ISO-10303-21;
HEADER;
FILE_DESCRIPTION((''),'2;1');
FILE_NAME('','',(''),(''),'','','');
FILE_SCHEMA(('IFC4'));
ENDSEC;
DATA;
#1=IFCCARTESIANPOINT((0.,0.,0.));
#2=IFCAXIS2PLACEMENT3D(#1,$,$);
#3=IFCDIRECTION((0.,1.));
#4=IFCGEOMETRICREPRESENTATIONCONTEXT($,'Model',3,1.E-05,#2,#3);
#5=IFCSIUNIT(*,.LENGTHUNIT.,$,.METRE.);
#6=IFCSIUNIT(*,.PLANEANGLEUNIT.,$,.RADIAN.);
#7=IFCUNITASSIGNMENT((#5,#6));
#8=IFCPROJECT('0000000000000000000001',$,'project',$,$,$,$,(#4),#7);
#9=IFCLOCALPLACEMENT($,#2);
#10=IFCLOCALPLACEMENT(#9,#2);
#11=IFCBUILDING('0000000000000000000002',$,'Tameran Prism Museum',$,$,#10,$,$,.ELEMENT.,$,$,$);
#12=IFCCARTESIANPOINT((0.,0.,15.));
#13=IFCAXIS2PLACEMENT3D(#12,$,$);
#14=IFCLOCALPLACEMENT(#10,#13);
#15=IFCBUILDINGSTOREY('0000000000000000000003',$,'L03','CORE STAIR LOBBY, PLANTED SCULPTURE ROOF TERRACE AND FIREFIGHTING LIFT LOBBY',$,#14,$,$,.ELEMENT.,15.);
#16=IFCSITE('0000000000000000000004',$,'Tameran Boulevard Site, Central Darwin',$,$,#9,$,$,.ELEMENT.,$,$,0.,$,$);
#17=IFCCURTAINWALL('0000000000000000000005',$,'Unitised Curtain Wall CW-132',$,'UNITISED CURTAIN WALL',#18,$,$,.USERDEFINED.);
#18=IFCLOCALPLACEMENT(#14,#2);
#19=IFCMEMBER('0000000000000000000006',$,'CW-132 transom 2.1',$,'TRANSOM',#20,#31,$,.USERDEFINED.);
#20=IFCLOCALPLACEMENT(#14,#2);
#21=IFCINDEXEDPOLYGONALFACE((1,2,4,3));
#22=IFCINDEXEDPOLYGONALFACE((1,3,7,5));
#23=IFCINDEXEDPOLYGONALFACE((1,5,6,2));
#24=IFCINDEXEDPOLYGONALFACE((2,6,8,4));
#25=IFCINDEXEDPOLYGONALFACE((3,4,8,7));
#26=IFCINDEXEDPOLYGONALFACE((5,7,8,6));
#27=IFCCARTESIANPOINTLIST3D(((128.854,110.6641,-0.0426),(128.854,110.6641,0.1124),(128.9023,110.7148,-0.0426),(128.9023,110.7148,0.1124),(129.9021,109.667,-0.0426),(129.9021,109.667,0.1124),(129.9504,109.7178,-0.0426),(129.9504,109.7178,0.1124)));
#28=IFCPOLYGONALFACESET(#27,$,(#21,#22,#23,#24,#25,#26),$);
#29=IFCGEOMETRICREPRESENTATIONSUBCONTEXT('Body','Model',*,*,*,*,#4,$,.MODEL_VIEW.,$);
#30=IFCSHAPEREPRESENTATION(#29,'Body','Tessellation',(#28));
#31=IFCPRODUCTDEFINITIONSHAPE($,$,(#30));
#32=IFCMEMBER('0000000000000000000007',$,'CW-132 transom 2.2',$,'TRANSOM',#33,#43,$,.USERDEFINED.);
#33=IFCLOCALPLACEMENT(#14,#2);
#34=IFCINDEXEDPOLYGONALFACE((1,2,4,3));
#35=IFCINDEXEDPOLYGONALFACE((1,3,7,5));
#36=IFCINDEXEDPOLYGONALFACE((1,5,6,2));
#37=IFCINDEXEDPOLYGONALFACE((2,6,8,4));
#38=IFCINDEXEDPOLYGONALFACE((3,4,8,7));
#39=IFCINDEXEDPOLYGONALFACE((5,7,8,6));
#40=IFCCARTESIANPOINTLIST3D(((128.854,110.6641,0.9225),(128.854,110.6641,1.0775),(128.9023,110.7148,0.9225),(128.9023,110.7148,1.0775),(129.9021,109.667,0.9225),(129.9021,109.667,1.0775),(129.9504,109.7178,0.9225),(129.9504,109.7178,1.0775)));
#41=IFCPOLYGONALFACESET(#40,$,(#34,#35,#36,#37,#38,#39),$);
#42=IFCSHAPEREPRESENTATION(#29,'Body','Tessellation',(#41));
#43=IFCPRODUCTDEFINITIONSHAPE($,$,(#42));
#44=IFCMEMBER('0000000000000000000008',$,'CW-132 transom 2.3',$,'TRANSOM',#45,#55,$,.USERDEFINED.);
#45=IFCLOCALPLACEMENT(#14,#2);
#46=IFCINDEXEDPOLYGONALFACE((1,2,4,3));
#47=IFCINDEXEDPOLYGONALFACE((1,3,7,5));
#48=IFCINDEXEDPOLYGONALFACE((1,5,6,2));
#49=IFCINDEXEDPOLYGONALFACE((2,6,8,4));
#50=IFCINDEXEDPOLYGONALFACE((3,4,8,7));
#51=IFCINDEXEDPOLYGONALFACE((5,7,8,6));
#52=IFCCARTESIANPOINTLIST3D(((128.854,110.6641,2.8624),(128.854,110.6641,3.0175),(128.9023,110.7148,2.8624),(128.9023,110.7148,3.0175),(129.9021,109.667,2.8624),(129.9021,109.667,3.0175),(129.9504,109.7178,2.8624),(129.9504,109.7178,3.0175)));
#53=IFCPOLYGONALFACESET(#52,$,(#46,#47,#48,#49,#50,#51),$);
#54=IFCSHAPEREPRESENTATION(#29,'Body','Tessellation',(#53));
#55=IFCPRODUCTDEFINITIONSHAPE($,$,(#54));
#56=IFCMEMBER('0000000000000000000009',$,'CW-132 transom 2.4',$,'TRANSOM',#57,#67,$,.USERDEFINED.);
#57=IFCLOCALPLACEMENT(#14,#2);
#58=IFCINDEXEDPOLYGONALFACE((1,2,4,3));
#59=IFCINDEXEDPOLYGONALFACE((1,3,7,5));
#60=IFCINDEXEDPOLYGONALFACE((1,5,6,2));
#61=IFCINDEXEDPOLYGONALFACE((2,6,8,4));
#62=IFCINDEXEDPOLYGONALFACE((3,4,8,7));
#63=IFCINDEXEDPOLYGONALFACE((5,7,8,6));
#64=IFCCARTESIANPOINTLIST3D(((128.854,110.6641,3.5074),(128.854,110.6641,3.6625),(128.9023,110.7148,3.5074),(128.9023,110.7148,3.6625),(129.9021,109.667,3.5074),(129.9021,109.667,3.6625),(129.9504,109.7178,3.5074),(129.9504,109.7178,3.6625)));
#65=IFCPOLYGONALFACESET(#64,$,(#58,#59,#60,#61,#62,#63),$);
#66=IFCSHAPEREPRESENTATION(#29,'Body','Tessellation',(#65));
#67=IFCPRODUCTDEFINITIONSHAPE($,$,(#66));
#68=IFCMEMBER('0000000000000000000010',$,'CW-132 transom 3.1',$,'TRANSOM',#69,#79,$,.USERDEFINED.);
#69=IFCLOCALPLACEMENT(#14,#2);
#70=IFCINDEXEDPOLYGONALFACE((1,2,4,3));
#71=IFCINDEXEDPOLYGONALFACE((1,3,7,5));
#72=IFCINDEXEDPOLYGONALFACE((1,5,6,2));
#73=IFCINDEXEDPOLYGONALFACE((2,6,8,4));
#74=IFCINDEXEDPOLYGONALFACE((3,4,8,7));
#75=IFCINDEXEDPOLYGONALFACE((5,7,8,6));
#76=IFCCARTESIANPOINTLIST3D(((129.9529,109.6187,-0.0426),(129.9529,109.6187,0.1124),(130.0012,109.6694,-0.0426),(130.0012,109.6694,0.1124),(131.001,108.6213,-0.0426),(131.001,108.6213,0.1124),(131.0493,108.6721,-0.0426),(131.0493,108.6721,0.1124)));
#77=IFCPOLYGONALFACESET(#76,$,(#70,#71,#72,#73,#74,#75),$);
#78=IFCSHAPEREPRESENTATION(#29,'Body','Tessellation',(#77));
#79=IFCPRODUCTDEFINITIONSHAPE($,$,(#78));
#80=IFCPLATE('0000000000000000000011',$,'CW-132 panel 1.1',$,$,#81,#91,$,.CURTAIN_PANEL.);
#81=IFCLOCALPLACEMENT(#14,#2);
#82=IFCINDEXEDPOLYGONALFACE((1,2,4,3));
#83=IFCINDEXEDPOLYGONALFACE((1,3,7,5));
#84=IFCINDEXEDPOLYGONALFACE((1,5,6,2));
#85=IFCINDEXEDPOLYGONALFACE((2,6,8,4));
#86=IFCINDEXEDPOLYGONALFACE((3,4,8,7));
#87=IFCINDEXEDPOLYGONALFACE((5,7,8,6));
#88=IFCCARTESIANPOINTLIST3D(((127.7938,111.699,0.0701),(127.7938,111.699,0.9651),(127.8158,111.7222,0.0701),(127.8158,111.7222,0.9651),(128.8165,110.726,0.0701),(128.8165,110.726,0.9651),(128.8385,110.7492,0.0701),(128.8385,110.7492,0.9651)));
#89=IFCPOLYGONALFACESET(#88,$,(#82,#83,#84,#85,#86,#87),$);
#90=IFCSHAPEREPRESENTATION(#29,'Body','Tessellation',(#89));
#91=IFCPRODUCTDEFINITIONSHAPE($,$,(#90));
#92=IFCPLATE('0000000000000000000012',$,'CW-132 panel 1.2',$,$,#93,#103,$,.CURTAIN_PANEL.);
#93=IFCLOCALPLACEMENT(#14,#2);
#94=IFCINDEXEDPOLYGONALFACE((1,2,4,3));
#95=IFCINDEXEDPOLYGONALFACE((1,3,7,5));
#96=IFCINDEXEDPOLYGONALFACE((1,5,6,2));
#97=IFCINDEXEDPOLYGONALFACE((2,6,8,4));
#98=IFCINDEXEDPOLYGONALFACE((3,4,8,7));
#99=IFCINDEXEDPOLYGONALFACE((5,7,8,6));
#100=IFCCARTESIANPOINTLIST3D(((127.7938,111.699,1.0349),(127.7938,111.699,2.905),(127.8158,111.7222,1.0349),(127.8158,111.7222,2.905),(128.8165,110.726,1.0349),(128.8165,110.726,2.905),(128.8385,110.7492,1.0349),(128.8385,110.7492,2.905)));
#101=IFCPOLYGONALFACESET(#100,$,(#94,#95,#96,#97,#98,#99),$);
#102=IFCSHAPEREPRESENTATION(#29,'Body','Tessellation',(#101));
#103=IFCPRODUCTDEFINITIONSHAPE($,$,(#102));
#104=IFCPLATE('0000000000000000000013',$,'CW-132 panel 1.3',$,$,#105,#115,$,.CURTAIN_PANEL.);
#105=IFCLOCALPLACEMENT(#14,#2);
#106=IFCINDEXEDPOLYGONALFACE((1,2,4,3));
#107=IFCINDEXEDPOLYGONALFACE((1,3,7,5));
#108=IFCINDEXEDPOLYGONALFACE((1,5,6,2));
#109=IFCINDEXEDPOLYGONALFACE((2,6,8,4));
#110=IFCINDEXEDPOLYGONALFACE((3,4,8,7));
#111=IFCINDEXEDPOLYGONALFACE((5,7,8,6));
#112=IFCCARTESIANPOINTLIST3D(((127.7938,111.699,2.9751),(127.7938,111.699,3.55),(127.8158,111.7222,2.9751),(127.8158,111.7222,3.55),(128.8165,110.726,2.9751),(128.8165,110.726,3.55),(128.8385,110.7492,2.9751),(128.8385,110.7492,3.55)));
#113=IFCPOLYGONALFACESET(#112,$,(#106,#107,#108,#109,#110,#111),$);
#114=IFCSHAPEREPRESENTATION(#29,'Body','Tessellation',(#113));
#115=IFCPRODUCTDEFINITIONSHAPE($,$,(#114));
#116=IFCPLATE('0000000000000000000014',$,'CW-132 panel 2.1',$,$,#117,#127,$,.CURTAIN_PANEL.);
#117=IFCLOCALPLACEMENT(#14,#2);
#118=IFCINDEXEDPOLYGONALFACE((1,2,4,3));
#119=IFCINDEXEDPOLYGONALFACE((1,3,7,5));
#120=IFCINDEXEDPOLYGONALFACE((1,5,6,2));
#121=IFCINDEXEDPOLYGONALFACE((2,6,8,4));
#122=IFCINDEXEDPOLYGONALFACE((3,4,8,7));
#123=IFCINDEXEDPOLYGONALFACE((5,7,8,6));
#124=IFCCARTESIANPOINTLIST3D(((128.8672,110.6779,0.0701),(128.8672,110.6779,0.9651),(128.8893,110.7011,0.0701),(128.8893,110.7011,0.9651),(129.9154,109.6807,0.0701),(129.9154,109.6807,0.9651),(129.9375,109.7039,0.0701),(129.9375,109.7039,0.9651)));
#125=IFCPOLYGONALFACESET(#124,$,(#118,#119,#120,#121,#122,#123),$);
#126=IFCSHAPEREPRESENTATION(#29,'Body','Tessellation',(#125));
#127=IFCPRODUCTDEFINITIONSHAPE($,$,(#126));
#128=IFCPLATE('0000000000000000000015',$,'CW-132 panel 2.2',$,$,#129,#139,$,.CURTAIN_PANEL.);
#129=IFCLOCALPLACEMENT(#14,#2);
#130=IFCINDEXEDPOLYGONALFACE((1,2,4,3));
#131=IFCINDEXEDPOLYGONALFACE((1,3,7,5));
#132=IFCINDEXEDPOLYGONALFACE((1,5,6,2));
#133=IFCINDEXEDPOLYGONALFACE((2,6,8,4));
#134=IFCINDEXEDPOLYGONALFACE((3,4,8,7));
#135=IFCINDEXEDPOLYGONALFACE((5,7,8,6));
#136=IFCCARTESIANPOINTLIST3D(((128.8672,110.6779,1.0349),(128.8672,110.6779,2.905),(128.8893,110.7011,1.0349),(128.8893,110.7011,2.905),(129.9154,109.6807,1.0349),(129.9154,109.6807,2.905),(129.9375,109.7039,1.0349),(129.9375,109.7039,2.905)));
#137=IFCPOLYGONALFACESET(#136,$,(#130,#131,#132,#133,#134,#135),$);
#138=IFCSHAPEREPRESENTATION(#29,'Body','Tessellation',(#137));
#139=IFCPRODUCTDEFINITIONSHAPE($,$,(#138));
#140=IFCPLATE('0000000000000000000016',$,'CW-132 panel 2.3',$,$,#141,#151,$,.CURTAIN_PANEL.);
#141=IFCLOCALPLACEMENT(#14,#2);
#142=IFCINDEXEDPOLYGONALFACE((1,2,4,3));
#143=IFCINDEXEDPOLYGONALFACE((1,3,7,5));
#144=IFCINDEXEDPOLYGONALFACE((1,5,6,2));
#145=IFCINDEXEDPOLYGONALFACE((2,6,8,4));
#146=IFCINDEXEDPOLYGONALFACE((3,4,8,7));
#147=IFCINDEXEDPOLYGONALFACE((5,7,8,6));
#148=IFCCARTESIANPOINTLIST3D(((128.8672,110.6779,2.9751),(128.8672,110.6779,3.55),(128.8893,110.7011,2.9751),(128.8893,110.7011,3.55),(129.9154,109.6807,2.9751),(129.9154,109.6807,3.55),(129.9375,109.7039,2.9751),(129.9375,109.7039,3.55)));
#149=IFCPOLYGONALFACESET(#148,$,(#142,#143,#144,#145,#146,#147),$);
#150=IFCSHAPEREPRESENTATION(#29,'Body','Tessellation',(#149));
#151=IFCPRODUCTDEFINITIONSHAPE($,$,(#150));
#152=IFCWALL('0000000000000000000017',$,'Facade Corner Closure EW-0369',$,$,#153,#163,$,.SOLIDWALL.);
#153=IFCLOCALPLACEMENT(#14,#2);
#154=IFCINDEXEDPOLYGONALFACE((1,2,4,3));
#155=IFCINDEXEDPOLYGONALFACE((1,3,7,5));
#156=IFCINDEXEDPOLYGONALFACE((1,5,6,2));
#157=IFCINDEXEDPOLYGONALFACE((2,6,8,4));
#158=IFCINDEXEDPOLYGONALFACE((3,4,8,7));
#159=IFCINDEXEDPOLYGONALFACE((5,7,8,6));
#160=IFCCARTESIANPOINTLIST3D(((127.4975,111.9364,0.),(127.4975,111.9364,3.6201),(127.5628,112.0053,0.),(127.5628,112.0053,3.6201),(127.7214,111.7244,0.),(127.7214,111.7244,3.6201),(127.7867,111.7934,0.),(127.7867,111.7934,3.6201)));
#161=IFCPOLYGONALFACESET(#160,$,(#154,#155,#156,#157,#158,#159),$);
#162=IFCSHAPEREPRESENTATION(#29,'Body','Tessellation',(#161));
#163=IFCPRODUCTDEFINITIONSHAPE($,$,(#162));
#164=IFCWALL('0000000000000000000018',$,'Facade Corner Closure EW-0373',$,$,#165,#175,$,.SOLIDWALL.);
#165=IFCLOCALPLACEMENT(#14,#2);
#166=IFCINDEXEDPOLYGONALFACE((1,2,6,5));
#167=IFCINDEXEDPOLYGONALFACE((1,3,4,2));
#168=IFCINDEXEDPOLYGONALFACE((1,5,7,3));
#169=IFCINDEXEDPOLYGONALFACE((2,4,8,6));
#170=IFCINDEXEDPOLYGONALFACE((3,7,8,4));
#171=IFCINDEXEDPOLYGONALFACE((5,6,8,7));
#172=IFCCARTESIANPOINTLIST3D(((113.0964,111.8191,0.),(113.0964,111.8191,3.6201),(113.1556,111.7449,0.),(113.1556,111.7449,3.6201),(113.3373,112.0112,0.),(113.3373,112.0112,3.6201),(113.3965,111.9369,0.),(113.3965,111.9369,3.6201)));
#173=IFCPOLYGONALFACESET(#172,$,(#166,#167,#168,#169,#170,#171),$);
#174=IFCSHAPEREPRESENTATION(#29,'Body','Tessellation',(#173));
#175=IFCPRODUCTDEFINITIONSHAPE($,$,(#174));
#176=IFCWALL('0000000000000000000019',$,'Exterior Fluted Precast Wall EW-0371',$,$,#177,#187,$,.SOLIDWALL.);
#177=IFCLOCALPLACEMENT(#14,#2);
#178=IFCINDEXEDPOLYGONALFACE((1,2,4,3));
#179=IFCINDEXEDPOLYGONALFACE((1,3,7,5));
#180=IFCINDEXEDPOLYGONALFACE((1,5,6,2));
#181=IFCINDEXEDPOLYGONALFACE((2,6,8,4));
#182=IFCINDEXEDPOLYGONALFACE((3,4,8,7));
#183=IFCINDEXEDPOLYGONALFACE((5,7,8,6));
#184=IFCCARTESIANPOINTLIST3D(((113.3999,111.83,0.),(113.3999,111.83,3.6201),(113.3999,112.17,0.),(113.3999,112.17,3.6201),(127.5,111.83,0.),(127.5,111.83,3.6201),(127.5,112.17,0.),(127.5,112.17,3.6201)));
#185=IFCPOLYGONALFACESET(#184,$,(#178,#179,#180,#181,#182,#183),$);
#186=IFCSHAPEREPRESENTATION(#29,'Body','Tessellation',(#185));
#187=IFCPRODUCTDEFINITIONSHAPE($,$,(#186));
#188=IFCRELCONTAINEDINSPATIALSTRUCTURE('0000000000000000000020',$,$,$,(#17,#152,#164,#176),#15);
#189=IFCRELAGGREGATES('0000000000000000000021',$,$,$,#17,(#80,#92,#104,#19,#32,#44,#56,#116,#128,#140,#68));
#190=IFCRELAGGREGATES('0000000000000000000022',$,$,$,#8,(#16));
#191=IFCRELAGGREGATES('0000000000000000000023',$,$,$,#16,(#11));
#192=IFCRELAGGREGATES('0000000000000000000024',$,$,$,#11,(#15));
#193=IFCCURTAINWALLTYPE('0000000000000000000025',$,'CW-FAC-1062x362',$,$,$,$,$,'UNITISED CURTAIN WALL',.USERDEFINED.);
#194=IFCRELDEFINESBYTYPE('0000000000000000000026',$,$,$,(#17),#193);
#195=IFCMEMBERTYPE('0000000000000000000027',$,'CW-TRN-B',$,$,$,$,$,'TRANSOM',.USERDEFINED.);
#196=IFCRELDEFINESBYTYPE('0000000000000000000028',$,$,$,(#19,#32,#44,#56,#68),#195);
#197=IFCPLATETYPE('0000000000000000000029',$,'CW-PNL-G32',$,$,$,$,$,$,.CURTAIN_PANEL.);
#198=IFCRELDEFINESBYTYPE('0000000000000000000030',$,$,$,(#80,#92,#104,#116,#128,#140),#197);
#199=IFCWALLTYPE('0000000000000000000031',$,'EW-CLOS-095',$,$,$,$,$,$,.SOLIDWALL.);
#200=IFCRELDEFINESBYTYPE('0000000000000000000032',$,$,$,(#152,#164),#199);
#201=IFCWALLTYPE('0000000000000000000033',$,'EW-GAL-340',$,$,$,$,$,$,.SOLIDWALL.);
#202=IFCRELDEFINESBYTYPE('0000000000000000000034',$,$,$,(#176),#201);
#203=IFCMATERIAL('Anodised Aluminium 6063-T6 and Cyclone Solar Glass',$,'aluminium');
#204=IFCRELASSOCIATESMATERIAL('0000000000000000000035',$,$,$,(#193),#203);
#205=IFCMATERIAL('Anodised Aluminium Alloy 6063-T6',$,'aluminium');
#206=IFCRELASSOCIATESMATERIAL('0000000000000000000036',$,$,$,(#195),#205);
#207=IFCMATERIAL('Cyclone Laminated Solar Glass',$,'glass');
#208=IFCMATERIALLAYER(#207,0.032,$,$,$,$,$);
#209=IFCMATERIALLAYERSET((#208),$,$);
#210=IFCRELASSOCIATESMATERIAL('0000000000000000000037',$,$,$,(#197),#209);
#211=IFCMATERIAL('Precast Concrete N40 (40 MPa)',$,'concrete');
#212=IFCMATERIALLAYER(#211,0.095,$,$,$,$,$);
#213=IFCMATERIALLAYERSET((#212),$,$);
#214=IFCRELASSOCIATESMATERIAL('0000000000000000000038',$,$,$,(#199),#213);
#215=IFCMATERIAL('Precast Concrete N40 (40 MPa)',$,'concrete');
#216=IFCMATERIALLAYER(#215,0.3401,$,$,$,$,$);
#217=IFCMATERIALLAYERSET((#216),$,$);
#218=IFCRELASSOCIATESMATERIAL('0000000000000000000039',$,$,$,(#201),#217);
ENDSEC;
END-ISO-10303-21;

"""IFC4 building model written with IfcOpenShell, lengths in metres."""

from ifc_helpers import new_model, si_unit, direction, frame, frame_2d, origin, origin_2d, place, context, subcontext, project, spatial, rectangle, extrude, material, layer, layer_set, material_profile, profile_set, type_object, element, aggregate, save


model = new_model("IFC4")

# Units and contexts
model_context = context("Model", 3, precision=1e-05, world=origin(), true_north=direction((0.0, 1.0)))
body_context = subcontext(model_context, "Body", "Model", "MODEL_VIEW")
ifc_project = project(units=[si_unit("LENGTHUNIT", "METRE"), si_unit("PLANEANGLEUNIT", "RADIAN")], contexts=[model_context])

# Site, building, storey
site_placement = place(None, origin())
site = spatial("IfcSite", under=ifc_project, at=site_placement, Name="Tameran Boulevard Site, Central Darwin", CompositionType="ELEMENT", RefElevation=0.0)
building_placement = place(site_placement, origin())
building = spatial("IfcBuilding", under=site, at=building_placement, Name="Tameran Prism Museum", CompositionType="ELEMENT")
storey_placement = place(building_placement, frame((0.0, 0.0, 15.0)))
storey = spatial("IfcBuildingStorey", under=building, at=storey_placement, Name="L03", Description="CORE STAIR LOBBY, PLANTED SCULPTURE ROOF TERRACE AND FIREFIGHTING LIFT LOBBY", CompositionType="ELEMENT", Elevation=15.0)

# Curtain wall, members, plates
ifc_material_1 = material(Name="Anodised Aluminium 6063-T6 and Cyclone Solar Glass", Category="aluminium")
curtain_wall_type = type_object("IfcCurtainWallType", Name="CW-FAC-1062x362", ElementType="UNITISED CURTAIN WALL", PredefinedType="USERDEFINED", material=ifc_material_1)
curtain_wall_placement = place(storey_placement, origin())
curtain_wall = element("IfcCurtainWall", 1, at=curtain_wall_placement, inside=storey, type_object=curtain_wall_type, Name="Unitised Curtain Wall CW-132", ObjectType="UNITISED CURTAIN WALL", PredefinedType="USERDEFINED")
ifc_material_2 = material(Name="Anodised Aluminium Alloy 6063-T6", Category="aluminium")
ifc_material_profile_1 = material_profile(ifc_material_2, rectangle(XDim=0.0701, YDim=0.155, at=origin_2d()))
ifc_profile_set_1 = profile_set([ifc_material_profile_1])
member_type_1 = type_object("IfcMemberType", Name="CW-TRN-B", ElementType="TRANSOM", PredefinedType="USERDEFINED", material=ifc_profile_set_1)
member_1_placement = place(storey_placement, frame((128.8782, 110.6895, 0.0349), z_axis=(0.724523, -0.689251, 0.0), x_axis=(0.689251, 0.724523, 0.0)))
member_1 = element("IfcMember", 2, at=member_1_placement, type_object=member_type_1, Name="CW-132 transom 2.1", ObjectType="TRANSOM", PredefinedType="USERDEFINED", context=body_context, shape_type="SweptSolid", body=[
    extrude(rectangle(XDim=0.0701, YDim=0.155, at=origin_2d()), origin(), (0.0, 0.0, 1.0), 1.4465),
])
member_2_placement = place(storey_placement, frame((128.8782, 110.6895, 1.0), z_axis=(0.724523, -0.689251, 0.0), x_axis=(0.689251, 0.724523, 0.0)))
member_2 = element("IfcMember", 3, at=member_2_placement, type_object=member_type_1, Name="CW-132 transom 2.2", ObjectType="TRANSOM", PredefinedType="USERDEFINED", context=body_context, shape_type="SweptSolid", body=[
    extrude(rectangle(XDim=0.0701, YDim=0.155, at=origin_2d()), origin(), (0.0, 0.0, 1.0), 1.4465),
])
member_3_placement = place(storey_placement, frame((128.8782, 110.6895, 2.9399), z_axis=(0.724523, -0.689251, 0.0), x_axis=(0.689251, 0.724523, 0.0)))
member_3 = element("IfcMember", 4, at=member_3_placement, type_object=member_type_1, Name="CW-132 transom 2.3", ObjectType="TRANSOM", PredefinedType="USERDEFINED", context=body_context, shape_type="SweptSolid", body=[
    extrude(rectangle(XDim=0.0701, YDim=0.155, at=origin_2d()), origin(), (0.0, 0.0, 1.0), 1.4465),
])
member_4_placement = place(storey_placement, frame((128.8782, 110.6895, 3.585), z_axis=(0.724523, -0.689251, 0.0), x_axis=(0.689251, 0.724523, 0.0)))
member_4 = element("IfcMember", 5, at=member_4_placement, type_object=member_type_1, Name="CW-132 transom 2.4", ObjectType="TRANSOM", PredefinedType="USERDEFINED", context=body_context, shape_type="SweptSolid", body=[
    extrude(rectangle(XDim=0.0701, YDim=0.155, at=origin_2d()), origin(), (0.0, 0.0, 1.0), 1.4465),
])
member_5_placement = place(storey_placement, frame((129.9771, 109.644, 0.0349), z_axis=(0.724439, -0.689339, 0.0), x_axis=(0.689339, 0.724439, 0.0)))
member_5 = element("IfcMember", 6, at=member_5_placement, type_object=member_type_1, Name="CW-132 transom 3.1", ObjectType="TRANSOM", PredefinedType="USERDEFINED", context=body_context, shape_type="SweptSolid", body=[
    extrude(rectangle(XDim=0.0701, YDim=0.155, at=origin_2d()), origin(), (0.0, 0.0, 1.0), 1.4468),
])
ifc_material_3 = material(Name="Cyclone Laminated Solar Glass", Category="glass")
ifc_layer_1 = layer(ifc_material_3, 0.032)
ifc_layer_set_1 = layer_set([ifc_layer_1])
plate_type = type_object("IfcPlateType", Name="CW-PNL-G32", PredefinedType="CURTAIN_PANEL", material=ifc_layer_set_1)
plate_1_placement = place(storey_placement, frame((128.3162, 111.2241, 0.0701), z_axis=(0.0, 0.0, 1.0), x_axis=(0.724501, -0.689274, 0.0)))
plate_1 = element("IfcPlate", 7, at=plate_1_placement, type_object=plate_type, Name="CW-132 panel 1.1", PredefinedType="CURTAIN_PANEL", context=body_context, shape_type="SweptSolid", body=[
    extrude(rectangle(XDim=1.4116, YDim=0.032, at=origin_2d()), origin(), (0.0, 0.0, 1.0), 0.895),
])
plate_2_placement = place(storey_placement, frame((128.3162, 111.2241, 1.0349), z_axis=(0.0, 0.0, 1.0), x_axis=(0.724501, -0.689274, 0.0)))
plate_2 = element("IfcPlate", 8, at=plate_2_placement, type_object=plate_type, Name="CW-132 panel 1.2", PredefinedType="CURTAIN_PANEL", context=body_context, shape_type="SweptSolid", body=[
    extrude(rectangle(XDim=1.4116, YDim=0.032, at=origin_2d()), origin(), (0.0, 0.0, 1.0), 1.8701),
])
plate_3_placement = place(storey_placement, frame((128.3162, 111.2241, 2.9751), z_axis=(0.0, 0.0, 1.0), x_axis=(0.724501, -0.689274, 0.0)))
plate_3 = element("IfcPlate", 9, at=plate_3_placement, type_object=plate_type, Name="CW-132 panel 1.3", PredefinedType="CURTAIN_PANEL", context=body_context, shape_type="SweptSolid", body=[
    extrude(rectangle(XDim=1.4116, YDim=0.032, at=origin_2d()), origin(), (0.0, 0.0, 1.0), 0.575),
])
plate_4_placement = place(storey_placement, frame((129.4023, 110.1909, 0.0701), z_axis=(0.0, 0.0, 1.0), x_axis=(0.724501, -0.689274, 0.0)))
plate_4 = element("IfcPlate", 10, at=plate_4_placement, type_object=plate_type, Name="CW-132 panel 2.1", PredefinedType="CURTAIN_PANEL", context=body_context, shape_type="SweptSolid", body=[
    extrude(rectangle(XDim=1.4468, YDim=0.032, at=origin_2d()), origin(), (0.0, 0.0, 1.0), 0.895),
])
plate_5_placement = place(storey_placement, frame((129.4023, 110.1909, 1.0349), z_axis=(0.0, 0.0, 1.0), x_axis=(0.724501, -0.689274, 0.0)))
plate_5 = element("IfcPlate", 11, at=plate_5_placement, type_object=plate_type, Name="CW-132 panel 2.2", PredefinedType="CURTAIN_PANEL", context=body_context, shape_type="SweptSolid", body=[
    extrude(rectangle(XDim=1.4468, YDim=0.032, at=origin_2d()), origin(), (0.0, 0.0, 1.0), 1.8701),
])
plate_6_placement = place(storey_placement, frame((129.4023, 110.1909, 2.9751), z_axis=(0.0, 0.0, 1.0), x_axis=(0.724501, -0.689274, 0.0)))
plate_6 = element("IfcPlate", 12, at=plate_6_placement, type_object=plate_type, Name="CW-132 panel 2.3", PredefinedType="CURTAIN_PANEL", context=body_context, shape_type="SweptSolid", body=[
    extrude(rectangle(XDim=1.4468, YDim=0.032, at=origin_2d()), origin(), (0.0, 0.0, 1.0), 0.575),
])
aggregate(curtain_wall, [plate_1, plate_2, plate_3, member_1, member_2, member_3, member_4, plate_4, plate_5, plate_6, member_5])

# Walls
ifc_material_4 = material(Name="Precast Concrete N40 (40 MPa)", Category="concrete")
ifc_layer_2 = layer(ifc_material_4, 0.095)
ifc_layer_set_2 = layer_set([ifc_layer_2])
wall_type_1 = type_object("IfcWallType", Name="EW-CLOS-095", PredefinedType="SOLIDWALL", material=ifc_layer_set_2)
wall_1_placement = place(storey_placement, frame((127.53, 111.9709, 0.0), z_axis=(0.0, 0.0, 1.0), x_axis=(0.726244, -0.687437, 0.0)))
element("IfcWall", 13, at=wall_1_placement, inside=storey, type_object=wall_type_1, Name="Facade Corner Closure EW-0369", PredefinedType="SOLIDWALL", context=body_context, shape_type="SweptSolid", body=[
    extrude(rectangle(XDim=0.3083, YDim=0.095, at=frame_2d((0.1543, 0.0))), origin(), (0.0, 0.0, 1.0), 3.6201),
])
wall_2_placement = place(storey_placement, frame((113.126, 111.782, 0.0), z_axis=(0.0, 0.0, 1.0), x_axis=(0.781873, 0.623438, 0.0)))
element("IfcWall", 14, at=wall_2_placement, inside=storey, type_object=wall_type_1, Name="Facade Corner Closure EW-0373", PredefinedType="SOLIDWALL", context=body_context, shape_type="SweptSolid", body=[
    extrude(rectangle(XDim=0.3081, YDim=0.095, at=frame_2d((0.1541, 0.0))), origin(), (0.0, 0.0, 1.0), 3.6201),
])
ifc_material_5 = material(Name="Precast Concrete N40 (40 MPa)", Category="concrete")
ifc_layer_3 = layer(ifc_material_5, 0.3401)
ifc_layer_set_3 = layer_set([ifc_layer_3])
wall_type_2 = type_object("IfcWallType", Name="EW-GAL-340", PredefinedType="SOLIDWALL", material=ifc_layer_set_3)
wall_3_placement = place(storey_placement, frame((113.3999, 112.0, 0.0), z_axis=(0.0, 0.0, 1.0), x_axis=(1.0, 0.0, 0.0)))
element("IfcWall", 15, at=wall_3_placement, inside=storey, type_object=wall_type_2, Name="Exterior Fluted Precast Wall EW-0371", PredefinedType="SOLIDWALL", context=body_context, shape_type="SweptSolid", body=[
    extrude(rectangle(XDim=14.1001, YDim=0.3401, at=frame_2d((7.05, 0.0))), origin(), (0.0, 0.0, 1.0), 3.6201),
])

save(model, "model.ifc")
